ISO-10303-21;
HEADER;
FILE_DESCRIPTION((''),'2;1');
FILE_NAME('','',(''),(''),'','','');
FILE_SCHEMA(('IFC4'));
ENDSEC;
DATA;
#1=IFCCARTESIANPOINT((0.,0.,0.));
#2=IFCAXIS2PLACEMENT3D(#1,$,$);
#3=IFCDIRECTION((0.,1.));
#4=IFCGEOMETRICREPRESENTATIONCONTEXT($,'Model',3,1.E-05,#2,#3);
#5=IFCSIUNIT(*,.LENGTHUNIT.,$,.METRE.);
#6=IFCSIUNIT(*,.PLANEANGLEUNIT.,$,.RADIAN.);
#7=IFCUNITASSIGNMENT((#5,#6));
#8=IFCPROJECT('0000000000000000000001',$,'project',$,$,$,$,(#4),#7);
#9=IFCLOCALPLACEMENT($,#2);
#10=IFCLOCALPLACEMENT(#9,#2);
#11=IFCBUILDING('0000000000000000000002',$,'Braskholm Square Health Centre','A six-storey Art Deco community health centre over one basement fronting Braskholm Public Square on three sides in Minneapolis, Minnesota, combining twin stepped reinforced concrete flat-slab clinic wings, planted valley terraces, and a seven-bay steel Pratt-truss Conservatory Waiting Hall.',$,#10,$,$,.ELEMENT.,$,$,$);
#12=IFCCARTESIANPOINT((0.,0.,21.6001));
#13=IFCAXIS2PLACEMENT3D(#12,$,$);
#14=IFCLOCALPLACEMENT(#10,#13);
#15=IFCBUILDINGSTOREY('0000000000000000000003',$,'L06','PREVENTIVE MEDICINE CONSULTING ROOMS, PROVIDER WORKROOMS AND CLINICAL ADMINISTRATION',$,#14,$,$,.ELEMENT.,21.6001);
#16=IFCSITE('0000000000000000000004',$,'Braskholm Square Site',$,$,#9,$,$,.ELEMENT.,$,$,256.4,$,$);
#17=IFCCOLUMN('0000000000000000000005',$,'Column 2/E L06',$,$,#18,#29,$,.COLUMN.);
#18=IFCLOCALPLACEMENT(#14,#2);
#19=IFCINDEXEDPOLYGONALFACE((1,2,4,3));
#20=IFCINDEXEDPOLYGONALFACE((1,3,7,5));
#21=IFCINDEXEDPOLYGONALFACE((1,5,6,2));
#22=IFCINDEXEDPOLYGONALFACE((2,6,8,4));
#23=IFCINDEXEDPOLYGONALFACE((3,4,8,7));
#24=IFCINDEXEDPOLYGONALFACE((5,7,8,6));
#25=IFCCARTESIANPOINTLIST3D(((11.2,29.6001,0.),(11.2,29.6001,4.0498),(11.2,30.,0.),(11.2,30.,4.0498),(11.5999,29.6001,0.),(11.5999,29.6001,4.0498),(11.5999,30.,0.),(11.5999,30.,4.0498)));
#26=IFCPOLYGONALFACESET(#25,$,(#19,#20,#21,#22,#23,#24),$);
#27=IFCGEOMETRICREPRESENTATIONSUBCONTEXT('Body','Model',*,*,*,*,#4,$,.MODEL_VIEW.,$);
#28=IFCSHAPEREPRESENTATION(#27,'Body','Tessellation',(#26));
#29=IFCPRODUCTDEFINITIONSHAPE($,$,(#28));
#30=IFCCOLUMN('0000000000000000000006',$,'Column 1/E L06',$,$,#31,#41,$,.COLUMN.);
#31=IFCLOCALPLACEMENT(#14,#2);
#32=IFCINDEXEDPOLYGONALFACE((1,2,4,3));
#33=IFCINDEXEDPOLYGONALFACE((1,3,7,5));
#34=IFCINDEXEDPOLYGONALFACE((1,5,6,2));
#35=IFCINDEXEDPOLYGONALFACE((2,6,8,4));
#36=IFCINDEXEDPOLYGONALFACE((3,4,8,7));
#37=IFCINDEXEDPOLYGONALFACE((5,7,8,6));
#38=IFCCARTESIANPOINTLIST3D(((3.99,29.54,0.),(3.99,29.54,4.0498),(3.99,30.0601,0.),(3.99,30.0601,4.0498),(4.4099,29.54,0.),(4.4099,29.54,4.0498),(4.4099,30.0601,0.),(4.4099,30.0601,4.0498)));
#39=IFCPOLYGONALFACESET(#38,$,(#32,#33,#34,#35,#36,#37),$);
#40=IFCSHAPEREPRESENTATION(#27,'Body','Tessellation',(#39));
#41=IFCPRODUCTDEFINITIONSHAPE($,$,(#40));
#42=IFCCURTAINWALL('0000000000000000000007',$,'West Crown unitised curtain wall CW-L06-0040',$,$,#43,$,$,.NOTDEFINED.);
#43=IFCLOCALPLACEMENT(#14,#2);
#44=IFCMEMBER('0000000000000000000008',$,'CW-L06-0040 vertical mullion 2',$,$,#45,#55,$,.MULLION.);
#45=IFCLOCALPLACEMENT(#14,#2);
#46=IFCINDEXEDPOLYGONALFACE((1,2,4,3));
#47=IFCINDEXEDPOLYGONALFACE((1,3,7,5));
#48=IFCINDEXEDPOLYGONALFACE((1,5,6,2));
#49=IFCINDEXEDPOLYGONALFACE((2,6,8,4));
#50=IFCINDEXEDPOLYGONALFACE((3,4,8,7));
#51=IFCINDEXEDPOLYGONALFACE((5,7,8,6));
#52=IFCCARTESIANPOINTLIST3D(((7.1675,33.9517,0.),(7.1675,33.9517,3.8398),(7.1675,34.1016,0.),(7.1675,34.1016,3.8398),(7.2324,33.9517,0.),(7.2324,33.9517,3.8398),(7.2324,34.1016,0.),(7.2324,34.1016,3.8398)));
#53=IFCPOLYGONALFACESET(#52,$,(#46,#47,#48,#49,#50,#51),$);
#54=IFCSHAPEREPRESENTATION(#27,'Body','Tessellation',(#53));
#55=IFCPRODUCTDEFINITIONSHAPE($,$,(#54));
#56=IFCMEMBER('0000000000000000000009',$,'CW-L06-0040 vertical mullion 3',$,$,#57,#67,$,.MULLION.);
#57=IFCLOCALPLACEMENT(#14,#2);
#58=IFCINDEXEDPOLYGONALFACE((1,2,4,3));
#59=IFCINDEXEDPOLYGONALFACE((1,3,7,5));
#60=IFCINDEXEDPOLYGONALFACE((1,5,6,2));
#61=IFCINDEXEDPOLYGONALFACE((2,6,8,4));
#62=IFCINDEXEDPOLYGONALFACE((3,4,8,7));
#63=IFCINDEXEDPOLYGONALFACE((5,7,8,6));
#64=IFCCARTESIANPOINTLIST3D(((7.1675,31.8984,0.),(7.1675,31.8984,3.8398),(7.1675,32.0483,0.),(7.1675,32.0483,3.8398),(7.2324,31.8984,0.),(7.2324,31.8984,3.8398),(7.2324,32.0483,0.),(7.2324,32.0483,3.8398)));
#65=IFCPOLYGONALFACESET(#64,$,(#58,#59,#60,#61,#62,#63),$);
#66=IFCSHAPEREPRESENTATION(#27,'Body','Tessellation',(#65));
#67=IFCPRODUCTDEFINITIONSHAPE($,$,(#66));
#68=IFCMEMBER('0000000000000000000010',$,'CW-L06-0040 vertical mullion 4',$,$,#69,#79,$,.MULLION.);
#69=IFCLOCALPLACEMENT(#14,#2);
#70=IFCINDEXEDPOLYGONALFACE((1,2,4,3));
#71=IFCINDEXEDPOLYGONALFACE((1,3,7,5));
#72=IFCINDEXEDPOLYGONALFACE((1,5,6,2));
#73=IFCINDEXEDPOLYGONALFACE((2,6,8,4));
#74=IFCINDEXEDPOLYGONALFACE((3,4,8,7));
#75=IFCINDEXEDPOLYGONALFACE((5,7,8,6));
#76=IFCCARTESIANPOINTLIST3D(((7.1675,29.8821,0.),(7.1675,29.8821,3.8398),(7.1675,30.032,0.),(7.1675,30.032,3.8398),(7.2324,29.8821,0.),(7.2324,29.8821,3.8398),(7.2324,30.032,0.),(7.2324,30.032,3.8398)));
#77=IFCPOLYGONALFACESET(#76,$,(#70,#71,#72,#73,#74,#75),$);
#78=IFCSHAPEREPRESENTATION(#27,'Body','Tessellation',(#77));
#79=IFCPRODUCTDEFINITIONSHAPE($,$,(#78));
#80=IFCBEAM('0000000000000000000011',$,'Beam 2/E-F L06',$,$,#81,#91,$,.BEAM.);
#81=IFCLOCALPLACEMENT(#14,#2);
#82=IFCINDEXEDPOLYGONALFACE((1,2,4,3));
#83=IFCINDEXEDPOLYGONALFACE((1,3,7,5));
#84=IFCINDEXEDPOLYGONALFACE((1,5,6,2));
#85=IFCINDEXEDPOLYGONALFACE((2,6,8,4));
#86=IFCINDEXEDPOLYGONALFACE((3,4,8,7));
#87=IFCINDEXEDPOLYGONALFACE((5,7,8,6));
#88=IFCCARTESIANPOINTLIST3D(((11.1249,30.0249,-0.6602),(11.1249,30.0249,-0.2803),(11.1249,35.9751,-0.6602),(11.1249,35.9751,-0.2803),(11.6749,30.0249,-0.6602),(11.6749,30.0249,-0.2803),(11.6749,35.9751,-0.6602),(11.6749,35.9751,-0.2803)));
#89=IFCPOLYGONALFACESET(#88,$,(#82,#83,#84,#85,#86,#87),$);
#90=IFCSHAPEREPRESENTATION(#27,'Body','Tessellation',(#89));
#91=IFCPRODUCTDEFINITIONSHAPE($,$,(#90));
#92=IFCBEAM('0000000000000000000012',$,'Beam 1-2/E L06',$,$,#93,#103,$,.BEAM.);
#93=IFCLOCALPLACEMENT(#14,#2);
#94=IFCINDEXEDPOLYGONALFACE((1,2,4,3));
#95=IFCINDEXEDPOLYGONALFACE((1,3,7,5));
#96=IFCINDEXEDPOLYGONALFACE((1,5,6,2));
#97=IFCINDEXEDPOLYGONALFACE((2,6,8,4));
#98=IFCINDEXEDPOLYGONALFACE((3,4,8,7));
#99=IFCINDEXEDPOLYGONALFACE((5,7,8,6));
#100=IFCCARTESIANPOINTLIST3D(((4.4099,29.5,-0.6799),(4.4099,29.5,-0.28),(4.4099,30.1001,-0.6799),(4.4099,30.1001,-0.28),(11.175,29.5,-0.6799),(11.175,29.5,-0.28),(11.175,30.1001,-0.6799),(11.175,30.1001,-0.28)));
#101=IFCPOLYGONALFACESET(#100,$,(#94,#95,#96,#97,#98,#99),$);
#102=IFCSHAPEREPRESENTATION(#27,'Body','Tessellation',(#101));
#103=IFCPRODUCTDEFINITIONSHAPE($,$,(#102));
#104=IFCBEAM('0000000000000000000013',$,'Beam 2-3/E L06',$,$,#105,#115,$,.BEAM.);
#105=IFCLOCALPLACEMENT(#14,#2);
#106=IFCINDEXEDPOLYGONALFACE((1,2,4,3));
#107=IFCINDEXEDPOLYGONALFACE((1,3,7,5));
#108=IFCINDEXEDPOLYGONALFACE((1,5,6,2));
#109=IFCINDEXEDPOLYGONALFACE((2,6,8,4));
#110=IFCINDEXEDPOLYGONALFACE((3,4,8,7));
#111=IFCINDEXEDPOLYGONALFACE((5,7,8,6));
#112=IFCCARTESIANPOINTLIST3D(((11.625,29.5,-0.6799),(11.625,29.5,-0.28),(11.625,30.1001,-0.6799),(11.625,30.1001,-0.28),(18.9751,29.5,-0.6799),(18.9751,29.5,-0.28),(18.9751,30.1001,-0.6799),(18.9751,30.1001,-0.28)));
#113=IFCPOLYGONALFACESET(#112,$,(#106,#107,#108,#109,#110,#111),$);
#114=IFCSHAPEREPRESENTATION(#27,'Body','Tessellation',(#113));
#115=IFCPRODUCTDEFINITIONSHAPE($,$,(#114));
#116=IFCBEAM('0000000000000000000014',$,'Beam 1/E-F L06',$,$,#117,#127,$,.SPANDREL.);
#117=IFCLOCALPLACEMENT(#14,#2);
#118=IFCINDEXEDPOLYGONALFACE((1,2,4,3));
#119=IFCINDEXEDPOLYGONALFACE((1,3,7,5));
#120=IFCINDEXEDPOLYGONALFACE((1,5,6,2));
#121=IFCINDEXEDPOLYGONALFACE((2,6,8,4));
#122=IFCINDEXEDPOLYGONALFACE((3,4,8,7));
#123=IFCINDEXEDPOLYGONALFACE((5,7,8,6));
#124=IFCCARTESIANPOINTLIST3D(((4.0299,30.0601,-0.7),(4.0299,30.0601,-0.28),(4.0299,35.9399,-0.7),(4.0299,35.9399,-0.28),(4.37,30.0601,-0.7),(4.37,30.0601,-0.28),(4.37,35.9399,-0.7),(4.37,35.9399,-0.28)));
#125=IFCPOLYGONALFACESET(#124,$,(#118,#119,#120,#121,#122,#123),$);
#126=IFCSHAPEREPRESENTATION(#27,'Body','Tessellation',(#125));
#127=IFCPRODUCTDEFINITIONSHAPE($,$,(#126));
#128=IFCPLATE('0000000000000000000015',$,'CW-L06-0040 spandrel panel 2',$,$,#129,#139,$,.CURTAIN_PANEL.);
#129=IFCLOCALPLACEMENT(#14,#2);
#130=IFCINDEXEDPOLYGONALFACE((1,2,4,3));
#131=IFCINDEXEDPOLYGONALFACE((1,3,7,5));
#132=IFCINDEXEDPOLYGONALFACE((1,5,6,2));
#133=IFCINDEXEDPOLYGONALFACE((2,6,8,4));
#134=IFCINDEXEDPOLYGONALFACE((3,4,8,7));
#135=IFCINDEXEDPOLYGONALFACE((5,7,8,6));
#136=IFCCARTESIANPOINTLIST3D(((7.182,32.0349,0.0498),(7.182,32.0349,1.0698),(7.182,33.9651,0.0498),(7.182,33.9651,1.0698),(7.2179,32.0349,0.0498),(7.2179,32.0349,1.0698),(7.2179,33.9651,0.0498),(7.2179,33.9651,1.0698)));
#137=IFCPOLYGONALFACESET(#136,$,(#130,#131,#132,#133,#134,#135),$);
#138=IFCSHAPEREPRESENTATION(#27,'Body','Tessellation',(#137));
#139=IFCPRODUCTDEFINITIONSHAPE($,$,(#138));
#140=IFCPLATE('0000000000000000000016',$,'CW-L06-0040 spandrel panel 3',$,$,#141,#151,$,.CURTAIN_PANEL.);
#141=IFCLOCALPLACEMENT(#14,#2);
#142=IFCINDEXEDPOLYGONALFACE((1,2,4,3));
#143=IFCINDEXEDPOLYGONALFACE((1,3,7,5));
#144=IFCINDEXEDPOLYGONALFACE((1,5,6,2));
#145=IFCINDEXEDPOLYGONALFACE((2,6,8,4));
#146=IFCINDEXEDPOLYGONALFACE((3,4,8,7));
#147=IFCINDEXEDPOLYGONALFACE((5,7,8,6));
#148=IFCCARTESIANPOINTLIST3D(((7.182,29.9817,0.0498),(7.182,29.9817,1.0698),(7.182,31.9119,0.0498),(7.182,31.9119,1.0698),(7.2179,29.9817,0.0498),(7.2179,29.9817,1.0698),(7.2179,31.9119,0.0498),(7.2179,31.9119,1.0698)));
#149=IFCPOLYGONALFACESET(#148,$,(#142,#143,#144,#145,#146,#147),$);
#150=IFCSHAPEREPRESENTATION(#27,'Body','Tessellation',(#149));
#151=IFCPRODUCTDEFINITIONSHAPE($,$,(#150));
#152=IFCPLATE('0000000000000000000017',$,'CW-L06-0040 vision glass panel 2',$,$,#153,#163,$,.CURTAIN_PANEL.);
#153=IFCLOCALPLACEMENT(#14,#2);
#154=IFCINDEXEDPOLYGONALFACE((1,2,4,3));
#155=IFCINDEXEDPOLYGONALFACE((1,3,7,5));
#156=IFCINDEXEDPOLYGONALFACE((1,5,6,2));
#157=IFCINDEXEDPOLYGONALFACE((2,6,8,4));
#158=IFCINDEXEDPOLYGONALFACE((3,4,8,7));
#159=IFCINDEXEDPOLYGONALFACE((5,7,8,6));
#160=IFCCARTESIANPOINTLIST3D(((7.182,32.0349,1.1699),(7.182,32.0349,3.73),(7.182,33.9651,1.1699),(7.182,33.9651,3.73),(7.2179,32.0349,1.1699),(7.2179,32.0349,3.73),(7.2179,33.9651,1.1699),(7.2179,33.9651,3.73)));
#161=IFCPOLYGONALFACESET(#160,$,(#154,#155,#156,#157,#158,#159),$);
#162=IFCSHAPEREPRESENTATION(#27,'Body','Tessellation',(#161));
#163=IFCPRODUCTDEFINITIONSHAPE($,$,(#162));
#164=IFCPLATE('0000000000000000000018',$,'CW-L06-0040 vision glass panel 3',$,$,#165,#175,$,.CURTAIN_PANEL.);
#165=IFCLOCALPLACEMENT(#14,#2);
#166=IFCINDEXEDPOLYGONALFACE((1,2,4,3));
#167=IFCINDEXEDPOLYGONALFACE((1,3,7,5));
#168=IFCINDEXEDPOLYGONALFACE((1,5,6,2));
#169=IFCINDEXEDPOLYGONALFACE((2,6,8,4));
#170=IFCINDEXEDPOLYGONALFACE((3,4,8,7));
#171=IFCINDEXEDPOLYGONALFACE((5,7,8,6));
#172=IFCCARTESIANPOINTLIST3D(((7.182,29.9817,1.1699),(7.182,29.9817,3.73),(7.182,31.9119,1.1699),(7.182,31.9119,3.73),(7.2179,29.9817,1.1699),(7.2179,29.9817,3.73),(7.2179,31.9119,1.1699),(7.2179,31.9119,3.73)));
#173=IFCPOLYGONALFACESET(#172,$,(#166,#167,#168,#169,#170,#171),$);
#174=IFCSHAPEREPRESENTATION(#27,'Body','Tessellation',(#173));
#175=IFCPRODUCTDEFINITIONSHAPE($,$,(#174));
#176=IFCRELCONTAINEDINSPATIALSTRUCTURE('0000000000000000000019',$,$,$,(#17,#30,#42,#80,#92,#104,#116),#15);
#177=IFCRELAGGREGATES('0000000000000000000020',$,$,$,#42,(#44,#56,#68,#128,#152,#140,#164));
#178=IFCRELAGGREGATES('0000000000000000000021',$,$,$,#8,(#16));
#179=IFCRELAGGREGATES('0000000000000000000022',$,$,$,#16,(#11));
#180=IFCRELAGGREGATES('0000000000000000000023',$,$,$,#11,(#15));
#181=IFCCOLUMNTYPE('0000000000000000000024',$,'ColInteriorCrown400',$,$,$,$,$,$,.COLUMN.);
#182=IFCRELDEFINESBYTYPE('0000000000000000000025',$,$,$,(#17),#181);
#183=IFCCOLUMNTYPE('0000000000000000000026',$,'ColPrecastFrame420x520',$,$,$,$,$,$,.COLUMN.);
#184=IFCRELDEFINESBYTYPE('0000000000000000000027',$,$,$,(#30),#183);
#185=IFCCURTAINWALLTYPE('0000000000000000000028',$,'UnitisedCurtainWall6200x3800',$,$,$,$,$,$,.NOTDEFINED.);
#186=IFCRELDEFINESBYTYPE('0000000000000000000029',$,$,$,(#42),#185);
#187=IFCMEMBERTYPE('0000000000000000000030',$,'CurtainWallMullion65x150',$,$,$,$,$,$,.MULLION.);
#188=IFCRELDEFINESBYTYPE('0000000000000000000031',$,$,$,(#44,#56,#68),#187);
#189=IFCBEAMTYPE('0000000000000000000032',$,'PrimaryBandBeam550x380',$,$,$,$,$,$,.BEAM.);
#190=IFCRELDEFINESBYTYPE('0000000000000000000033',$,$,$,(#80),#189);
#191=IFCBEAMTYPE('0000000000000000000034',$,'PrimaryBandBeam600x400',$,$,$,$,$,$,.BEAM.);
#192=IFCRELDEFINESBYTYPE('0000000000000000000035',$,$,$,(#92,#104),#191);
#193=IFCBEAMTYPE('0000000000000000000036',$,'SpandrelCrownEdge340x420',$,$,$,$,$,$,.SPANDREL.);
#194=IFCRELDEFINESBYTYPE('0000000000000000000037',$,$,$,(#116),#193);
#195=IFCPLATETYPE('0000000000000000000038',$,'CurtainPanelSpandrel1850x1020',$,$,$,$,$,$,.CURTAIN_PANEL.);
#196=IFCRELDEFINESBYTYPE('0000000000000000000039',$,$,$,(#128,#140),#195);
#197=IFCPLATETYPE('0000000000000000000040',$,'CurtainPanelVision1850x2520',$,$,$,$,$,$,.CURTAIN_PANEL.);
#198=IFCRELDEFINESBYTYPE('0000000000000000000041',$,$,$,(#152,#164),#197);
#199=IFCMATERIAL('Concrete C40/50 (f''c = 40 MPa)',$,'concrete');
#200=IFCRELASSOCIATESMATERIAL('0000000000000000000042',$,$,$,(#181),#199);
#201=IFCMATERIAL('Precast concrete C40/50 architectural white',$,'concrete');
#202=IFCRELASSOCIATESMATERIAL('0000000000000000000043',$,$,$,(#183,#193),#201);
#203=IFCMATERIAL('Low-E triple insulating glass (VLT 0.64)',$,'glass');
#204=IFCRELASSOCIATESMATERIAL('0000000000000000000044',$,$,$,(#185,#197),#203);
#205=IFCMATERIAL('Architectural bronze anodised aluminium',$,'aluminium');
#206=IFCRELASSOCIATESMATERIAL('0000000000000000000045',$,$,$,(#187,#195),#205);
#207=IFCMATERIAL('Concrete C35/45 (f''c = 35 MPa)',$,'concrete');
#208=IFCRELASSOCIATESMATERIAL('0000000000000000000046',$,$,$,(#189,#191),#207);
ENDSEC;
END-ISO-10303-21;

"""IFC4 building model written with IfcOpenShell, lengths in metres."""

from ifc_helpers import new_model, si_unit, direction, frame, origin, origin_2d, place, context, subcontext, project, spatial, rectangle, extrude, material, material_profile, profile_set, type_object, element, aggregate, save


model = new_model("IFC4")

# Units and contexts
model_context = context("Model", 3, precision=1e-05, world=origin(), true_north=direction((0.0, 1.0)))
body_context = subcontext(model_context, "Body", "Model", "MODEL_VIEW")
ifc_project = project(units=[si_unit("LENGTHUNIT", "METRE"), si_unit("PLANEANGLEUNIT", "RADIAN")], contexts=[model_context])

# Site, building, storey
site_placement = place(None, origin())
site = spatial("IfcSite", under=ifc_project, at=site_placement, Name="Braskholm Square Site", CompositionType="ELEMENT", RefElevation=256.4)
building_placement = place(site_placement, origin())
building = spatial("IfcBuilding", under=site, at=building_placement, Name="Braskholm Square Health Centre", Description="A six-storey Art Deco community health centre over one basement fronting Braskholm Public Square on three sides in Minneapolis, Minnesota, combining twin stepped reinforced concrete flat-slab clinic wings, planted valley terraces, and a seven-bay steel Pratt-truss Conservatory Waiting Hall.", CompositionType="ELEMENT")
storey_placement = place(building_placement, frame((0.0, 0.0, 21.6001)))
storey = spatial("IfcBuildingStorey", under=building, at=storey_placement, Name="L06", Description="PREVENTIVE MEDICINE CONSULTING ROOMS, PROVIDER WORKROOMS AND CLINICAL ADMINISTRATION", CompositionType="ELEMENT", Elevation=21.6001)

# Columns
ifc_material_1 = material(Name="Concrete C40/50 (f'c = 40 MPa)", Category="concrete")
ifc_material_profile_1 = material_profile(ifc_material_1, rectangle(XDim=0.3999, YDim=0.3999, at=origin_2d()), Name="RC-400X400")
ifc_profile_set_1 = profile_set([ifc_material_profile_1], Name="Concrete C40/50 (f'c = 40 MPa)")
column_type_1 = type_object("IfcColumnType", Name="ColInteriorCrown400", PredefinedType="COLUMN", material=ifc_profile_set_1)
column_1_placement = place(storey_placement, frame((11.3999, 29.8, 0.0), z_axis=(0.0, 0.0, 1.0), x_axis=(1.0, 0.0, 0.0)))
element("IfcColumn", 1, at=column_1_placement, inside=storey, type_object=column_type_1, Name="Column 2/E L06", PredefinedType="COLUMN", context=body_context, shape_type="SweptSolid", body=[
    extrude(rectangle(XDim=0.3999, YDim=0.3999, at=origin_2d()), origin(), (0.0, 0.0, 1.0), 4.0498),
])
ifc_material_2 = material(Name="Precast concrete C40/50 architectural white", Category="concrete")
ifc_material_profile_2 = material_profile(ifc_material_2, rectangle(XDim=0.4199, YDim=0.52, at=origin_2d()), Name="RC-420X520")
ifc_profile_set_2 = profile_set([ifc_material_profile_2], Name="Precast concrete C40/50 architectural white")
column_type_2 = type_object("IfcColumnType", Name="ColPrecastFrame420x520", PredefinedType="COLUMN", material=ifc_profile_set_2)
column_2_placement = place(storey_placement, frame((4.2, 29.8, 0.0), z_axis=(0.0, 0.0, 1.0), x_axis=(1.0, 0.0, 0.0)))
element("IfcColumn", 2, at=column_2_placement, inside=storey, type_object=column_type_2, Name="Column 1/E L06", PredefinedType="COLUMN", context=body_context, shape_type="SweptSolid", body=[
    extrude(rectangle(XDim=0.4199, YDim=0.52, at=origin_2d()), origin(), (0.0, 0.0, 1.0), 4.0498),
])

# Curtain wall, members
ifc_material_3 = material(Name="Low-E triple insulating glass (VLT 0.64)", Category="glass")
curtain_wall_type = type_object("IfcCurtainWallType", Name="UnitisedCurtainWall6200x3800", PredefinedType="NOTDEFINED", material=ifc_material_3)
curtain_wall_placement = place(storey_placement, origin())
curtain_wall = element("IfcCurtainWall", 3, at=curtain_wall_placement, inside=storey, type_object=curtain_wall_type, Name="West Crown unitised curtain wall CW-L06-0040", PredefinedType="NOTDEFINED")
ifc_material_4 = material(Name="Architectural bronze anodised aluminium", Category="aluminium")
ifc_material_profile_3 = material_profile(ifc_material_4, rectangle(XDim=0.0649, YDim=0.1499, at=origin_2d()), Name="ALU-65X150")
ifc_profile_set_3 = profile_set([ifc_material_profile_3], Name="Architectural bronze anodised aluminium")
member_type = type_object("IfcMemberType", Name="CurtainWallMullion65x150", PredefinedType="MULLION", material=ifc_profile_set_3)
member_1_placement = place(storey_placement, frame((7.2, 34.0266, 0.0), z_axis=(0.0, 0.0, 1.0), x_axis=(1.0, 0.0, 0.0)))
member_1 = element("IfcMember", 4, at=member_1_placement, type_object=member_type, Name="CW-L06-0040 vertical mullion 2", PredefinedType="MULLION", context=body_context, shape_type="SweptSolid", body=[
    extrude(rectangle(XDim=0.0649, YDim=0.1499, at=origin_2d()), origin(), (0.0, 0.0, 1.0), 3.8398),
])
member_2_placement = place(storey_placement, frame((7.2, 31.9734, 0.0), z_axis=(0.0, 0.0, 1.0), x_axis=(1.0, 0.0, 0.0)))
member_2 = element("IfcMember", 5, at=member_2_placement, type_object=member_type, Name="CW-L06-0040 vertical mullion 3", PredefinedType="MULLION", context=body_context, shape_type="SweptSolid", body=[
    extrude(rectangle(XDim=0.0649, YDim=0.1499, at=origin_2d()), origin(), (0.0, 0.0, 1.0), 3.8398),
])
member_3_placement = place(storey_placement, frame((7.2, 29.957, 0.0), z_axis=(0.0, 0.0, 1.0), x_axis=(1.0, 0.0, 0.0)))
member_3 = element("IfcMember", 6, at=member_3_placement, type_object=member_type, Name="CW-L06-0040 vertical mullion 4", PredefinedType="MULLION", context=body_context, shape_type="SweptSolid", body=[
    extrude(rectangle(XDim=0.0649, YDim=0.1499, at=origin_2d()), origin(), (0.0, 0.0, 1.0), 3.8398),
])

# Beams
ifc_material_5 = material(Name="Concrete C35/45 (f'c = 35 MPa)", Category="concrete")
ifc_material_profile_4 = material_profile(ifc_material_5, rectangle(XDim=0.55, YDim=0.3799, at=origin_2d()), Name="RCB-550X380")
ifc_profile_set_4 = profile_set([ifc_material_profile_4], Name="Concrete C35/45 (f'c = 35 MPa)")
beam_type_1 = type_object("IfcBeamType", Name="PrimaryBandBeam550x380", PredefinedType="BEAM", material=ifc_profile_set_4)
beam_1_placement = place(storey_placement, frame((11.3999, 30.0249, -0.4702), z_axis=(0.0, 1.0, 0.0), x_axis=(-1.0, 0.0, 0.0)))
element("IfcBeam", 7, at=beam_1_placement, inside=storey, type_object=beam_type_1, Name="Beam 2/E-F L06", PredefinedType="BEAM", context=body_context, shape_type="SweptSolid", body=[
    extrude(rectangle(XDim=0.55, YDim=0.3799, at=origin_2d()), origin(), (0.0, 0.0, 1.0), 5.9502),
])
ifc_material_profile_5 = material_profile(ifc_material_5, rectangle(XDim=0.6001, YDim=0.3999, at=origin_2d()), Name="RCB-600X400")
ifc_profile_set_5 = profile_set([ifc_material_profile_5], Name="Concrete C35/45 (f'c = 35 MPa)")
beam_type_2 = type_object("IfcBeamType", Name="PrimaryBandBeam600x400", PredefinedType="BEAM", material=ifc_profile_set_5)
beam_2_placement = place(storey_placement, frame((4.4099, 29.8, -0.48), z_axis=(1.0, 0.0, 0.0), x_axis=(0.0, 1.0, 0.0)))
element("IfcBeam", 8, at=beam_2_placement, inside=storey, type_object=beam_type_2, Name="Beam 1-2/E L06", PredefinedType="BEAM", context=body_context, shape_type="SweptSolid", body=[
    extrude(rectangle(XDim=0.6001, YDim=0.3999, at=origin_2d()), origin(), (0.0, 0.0, 1.0), 6.7651),
])
beam_3_placement = place(storey_placement, frame((11.625, 29.8, -0.48), z_axis=(1.0, 0.0, 0.0), x_axis=(0.0, 1.0, 0.0)))
element("IfcBeam", 9, at=beam_3_placement, inside=storey, type_object=beam_type_2, Name="Beam 2-3/E L06", PredefinedType="BEAM", context=body_context, shape_type="SweptSolid", body=[
    extrude(rectangle(XDim=0.6001, YDim=0.3999, at=origin_2d()), origin(), (0.0, 0.0, 1.0), 7.3501),
])
ifc_material_profile_6 = material_profile(ifc_material_2, rectangle(XDim=0.3401, YDim=0.4199, at=origin_2d()), Name="RCB-340X420")
ifc_profile_set_6 = profile_set([ifc_material_profile_6], Name="Precast concrete C40/50 architectural white")
beam_type_3 = type_object("IfcBeamType", Name="SpandrelCrownEdge340x420", PredefinedType="SPANDREL", material=ifc_profile_set_6)
beam_4_placement = place(storey_placement, frame((4.2, 30.0601, -0.49), z_axis=(0.0, 1.0, 0.0), x_axis=(-1.0, 0.0, 0.0)))
element("IfcBeam", 10, at=beam_4_placement, inside=storey, type_object=beam_type_3, Name="Beam 1/E-F L06", PredefinedType="SPANDREL", context=body_context, shape_type="SweptSolid", body=[
    extrude(rectangle(XDim=0.3401, YDim=0.4199, at=origin_2d()), origin(), (0.0, 0.0, 1.0), 5.8799),
])

# Plates
plate_type_1 = type_object("IfcPlateType", Name="CurtainPanelSpandrel1850x1020", PredefinedType="CURTAIN_PANEL", material=ifc_material_4)
plate_1_placement = place(storey_placement, frame((7.2, 33.0, 0.0498), z_axis=(0.0, 0.0, 1.0), x_axis=(0.0, -1.0, 0.0)))
plate_1 = element("IfcPlate", 11, at=plate_1_placement, type_object=plate_type_1, Name="CW-L06-0040 spandrel panel 2", PredefinedType="CURTAIN_PANEL", context=body_context, shape_type="SweptSolid", body=[
    extrude(rectangle(XDim=1.9302, YDim=0.0359, at=origin_2d()), origin(), (0.0, 0.0, 1.0), 1.02),
])
plate_2_placement = place(storey_placement, frame((7.2, 30.9468, 0.0498), z_axis=(0.0, 0.0, 1.0), x_axis=(0.0, -1.0, 0.0)))
plate_2 = element("IfcPlate", 12, at=plate_2_placement, type_object=plate_type_1, Name="CW-L06-0040 spandrel panel 3", PredefinedType="CURTAIN_PANEL", context=body_context, shape_type="SweptSolid", body=[
    extrude(rectangle(XDim=1.9302, YDim=0.0359, at=origin_2d()), origin(), (0.0, 0.0, 1.0), 1.02),
])
plate_type_2 = type_object("IfcPlateType", Name="CurtainPanelVision1850x2520", PredefinedType="CURTAIN_PANEL", material=ifc_material_3)
plate_3_placement = place(storey_placement, frame((7.2, 33.0, 1.1699), z_axis=(0.0, 0.0, 1.0), x_axis=(0.0, -1.0, 0.0)))
plate_3 = element("IfcPlate", 13, at=plate_3_placement, type_object=plate_type_2, Name="CW-L06-0040 vision glass panel 2", PredefinedType="CURTAIN_PANEL", context=body_context, shape_type="SweptSolid", body=[
    extrude(rectangle(XDim=1.9302, YDim=0.0359, at=origin_2d()), origin(), (0.0, 0.0, 1.0), 2.5601),
])
plate_4_placement = place(storey_placement, frame((7.2, 30.9468, 1.1699), z_axis=(0.0, 0.0, 1.0), x_axis=(0.0, -1.0, 0.0)))
plate_4 = element("IfcPlate", 14, at=plate_4_placement, type_object=plate_type_2, Name="CW-L06-0040 vision glass panel 3", PredefinedType="CURTAIN_PANEL", context=body_context, shape_type="SweptSolid", body=[
    extrude(rectangle(XDim=1.9302, YDim=0.0359, at=origin_2d()), origin(), (0.0, 0.0, 1.0), 2.5601),
])
aggregate(curtain_wall, [member_1, member_2, member_3, plate_1, plate_3, plate_2, plate_4])

save(model, "model.ifc")
